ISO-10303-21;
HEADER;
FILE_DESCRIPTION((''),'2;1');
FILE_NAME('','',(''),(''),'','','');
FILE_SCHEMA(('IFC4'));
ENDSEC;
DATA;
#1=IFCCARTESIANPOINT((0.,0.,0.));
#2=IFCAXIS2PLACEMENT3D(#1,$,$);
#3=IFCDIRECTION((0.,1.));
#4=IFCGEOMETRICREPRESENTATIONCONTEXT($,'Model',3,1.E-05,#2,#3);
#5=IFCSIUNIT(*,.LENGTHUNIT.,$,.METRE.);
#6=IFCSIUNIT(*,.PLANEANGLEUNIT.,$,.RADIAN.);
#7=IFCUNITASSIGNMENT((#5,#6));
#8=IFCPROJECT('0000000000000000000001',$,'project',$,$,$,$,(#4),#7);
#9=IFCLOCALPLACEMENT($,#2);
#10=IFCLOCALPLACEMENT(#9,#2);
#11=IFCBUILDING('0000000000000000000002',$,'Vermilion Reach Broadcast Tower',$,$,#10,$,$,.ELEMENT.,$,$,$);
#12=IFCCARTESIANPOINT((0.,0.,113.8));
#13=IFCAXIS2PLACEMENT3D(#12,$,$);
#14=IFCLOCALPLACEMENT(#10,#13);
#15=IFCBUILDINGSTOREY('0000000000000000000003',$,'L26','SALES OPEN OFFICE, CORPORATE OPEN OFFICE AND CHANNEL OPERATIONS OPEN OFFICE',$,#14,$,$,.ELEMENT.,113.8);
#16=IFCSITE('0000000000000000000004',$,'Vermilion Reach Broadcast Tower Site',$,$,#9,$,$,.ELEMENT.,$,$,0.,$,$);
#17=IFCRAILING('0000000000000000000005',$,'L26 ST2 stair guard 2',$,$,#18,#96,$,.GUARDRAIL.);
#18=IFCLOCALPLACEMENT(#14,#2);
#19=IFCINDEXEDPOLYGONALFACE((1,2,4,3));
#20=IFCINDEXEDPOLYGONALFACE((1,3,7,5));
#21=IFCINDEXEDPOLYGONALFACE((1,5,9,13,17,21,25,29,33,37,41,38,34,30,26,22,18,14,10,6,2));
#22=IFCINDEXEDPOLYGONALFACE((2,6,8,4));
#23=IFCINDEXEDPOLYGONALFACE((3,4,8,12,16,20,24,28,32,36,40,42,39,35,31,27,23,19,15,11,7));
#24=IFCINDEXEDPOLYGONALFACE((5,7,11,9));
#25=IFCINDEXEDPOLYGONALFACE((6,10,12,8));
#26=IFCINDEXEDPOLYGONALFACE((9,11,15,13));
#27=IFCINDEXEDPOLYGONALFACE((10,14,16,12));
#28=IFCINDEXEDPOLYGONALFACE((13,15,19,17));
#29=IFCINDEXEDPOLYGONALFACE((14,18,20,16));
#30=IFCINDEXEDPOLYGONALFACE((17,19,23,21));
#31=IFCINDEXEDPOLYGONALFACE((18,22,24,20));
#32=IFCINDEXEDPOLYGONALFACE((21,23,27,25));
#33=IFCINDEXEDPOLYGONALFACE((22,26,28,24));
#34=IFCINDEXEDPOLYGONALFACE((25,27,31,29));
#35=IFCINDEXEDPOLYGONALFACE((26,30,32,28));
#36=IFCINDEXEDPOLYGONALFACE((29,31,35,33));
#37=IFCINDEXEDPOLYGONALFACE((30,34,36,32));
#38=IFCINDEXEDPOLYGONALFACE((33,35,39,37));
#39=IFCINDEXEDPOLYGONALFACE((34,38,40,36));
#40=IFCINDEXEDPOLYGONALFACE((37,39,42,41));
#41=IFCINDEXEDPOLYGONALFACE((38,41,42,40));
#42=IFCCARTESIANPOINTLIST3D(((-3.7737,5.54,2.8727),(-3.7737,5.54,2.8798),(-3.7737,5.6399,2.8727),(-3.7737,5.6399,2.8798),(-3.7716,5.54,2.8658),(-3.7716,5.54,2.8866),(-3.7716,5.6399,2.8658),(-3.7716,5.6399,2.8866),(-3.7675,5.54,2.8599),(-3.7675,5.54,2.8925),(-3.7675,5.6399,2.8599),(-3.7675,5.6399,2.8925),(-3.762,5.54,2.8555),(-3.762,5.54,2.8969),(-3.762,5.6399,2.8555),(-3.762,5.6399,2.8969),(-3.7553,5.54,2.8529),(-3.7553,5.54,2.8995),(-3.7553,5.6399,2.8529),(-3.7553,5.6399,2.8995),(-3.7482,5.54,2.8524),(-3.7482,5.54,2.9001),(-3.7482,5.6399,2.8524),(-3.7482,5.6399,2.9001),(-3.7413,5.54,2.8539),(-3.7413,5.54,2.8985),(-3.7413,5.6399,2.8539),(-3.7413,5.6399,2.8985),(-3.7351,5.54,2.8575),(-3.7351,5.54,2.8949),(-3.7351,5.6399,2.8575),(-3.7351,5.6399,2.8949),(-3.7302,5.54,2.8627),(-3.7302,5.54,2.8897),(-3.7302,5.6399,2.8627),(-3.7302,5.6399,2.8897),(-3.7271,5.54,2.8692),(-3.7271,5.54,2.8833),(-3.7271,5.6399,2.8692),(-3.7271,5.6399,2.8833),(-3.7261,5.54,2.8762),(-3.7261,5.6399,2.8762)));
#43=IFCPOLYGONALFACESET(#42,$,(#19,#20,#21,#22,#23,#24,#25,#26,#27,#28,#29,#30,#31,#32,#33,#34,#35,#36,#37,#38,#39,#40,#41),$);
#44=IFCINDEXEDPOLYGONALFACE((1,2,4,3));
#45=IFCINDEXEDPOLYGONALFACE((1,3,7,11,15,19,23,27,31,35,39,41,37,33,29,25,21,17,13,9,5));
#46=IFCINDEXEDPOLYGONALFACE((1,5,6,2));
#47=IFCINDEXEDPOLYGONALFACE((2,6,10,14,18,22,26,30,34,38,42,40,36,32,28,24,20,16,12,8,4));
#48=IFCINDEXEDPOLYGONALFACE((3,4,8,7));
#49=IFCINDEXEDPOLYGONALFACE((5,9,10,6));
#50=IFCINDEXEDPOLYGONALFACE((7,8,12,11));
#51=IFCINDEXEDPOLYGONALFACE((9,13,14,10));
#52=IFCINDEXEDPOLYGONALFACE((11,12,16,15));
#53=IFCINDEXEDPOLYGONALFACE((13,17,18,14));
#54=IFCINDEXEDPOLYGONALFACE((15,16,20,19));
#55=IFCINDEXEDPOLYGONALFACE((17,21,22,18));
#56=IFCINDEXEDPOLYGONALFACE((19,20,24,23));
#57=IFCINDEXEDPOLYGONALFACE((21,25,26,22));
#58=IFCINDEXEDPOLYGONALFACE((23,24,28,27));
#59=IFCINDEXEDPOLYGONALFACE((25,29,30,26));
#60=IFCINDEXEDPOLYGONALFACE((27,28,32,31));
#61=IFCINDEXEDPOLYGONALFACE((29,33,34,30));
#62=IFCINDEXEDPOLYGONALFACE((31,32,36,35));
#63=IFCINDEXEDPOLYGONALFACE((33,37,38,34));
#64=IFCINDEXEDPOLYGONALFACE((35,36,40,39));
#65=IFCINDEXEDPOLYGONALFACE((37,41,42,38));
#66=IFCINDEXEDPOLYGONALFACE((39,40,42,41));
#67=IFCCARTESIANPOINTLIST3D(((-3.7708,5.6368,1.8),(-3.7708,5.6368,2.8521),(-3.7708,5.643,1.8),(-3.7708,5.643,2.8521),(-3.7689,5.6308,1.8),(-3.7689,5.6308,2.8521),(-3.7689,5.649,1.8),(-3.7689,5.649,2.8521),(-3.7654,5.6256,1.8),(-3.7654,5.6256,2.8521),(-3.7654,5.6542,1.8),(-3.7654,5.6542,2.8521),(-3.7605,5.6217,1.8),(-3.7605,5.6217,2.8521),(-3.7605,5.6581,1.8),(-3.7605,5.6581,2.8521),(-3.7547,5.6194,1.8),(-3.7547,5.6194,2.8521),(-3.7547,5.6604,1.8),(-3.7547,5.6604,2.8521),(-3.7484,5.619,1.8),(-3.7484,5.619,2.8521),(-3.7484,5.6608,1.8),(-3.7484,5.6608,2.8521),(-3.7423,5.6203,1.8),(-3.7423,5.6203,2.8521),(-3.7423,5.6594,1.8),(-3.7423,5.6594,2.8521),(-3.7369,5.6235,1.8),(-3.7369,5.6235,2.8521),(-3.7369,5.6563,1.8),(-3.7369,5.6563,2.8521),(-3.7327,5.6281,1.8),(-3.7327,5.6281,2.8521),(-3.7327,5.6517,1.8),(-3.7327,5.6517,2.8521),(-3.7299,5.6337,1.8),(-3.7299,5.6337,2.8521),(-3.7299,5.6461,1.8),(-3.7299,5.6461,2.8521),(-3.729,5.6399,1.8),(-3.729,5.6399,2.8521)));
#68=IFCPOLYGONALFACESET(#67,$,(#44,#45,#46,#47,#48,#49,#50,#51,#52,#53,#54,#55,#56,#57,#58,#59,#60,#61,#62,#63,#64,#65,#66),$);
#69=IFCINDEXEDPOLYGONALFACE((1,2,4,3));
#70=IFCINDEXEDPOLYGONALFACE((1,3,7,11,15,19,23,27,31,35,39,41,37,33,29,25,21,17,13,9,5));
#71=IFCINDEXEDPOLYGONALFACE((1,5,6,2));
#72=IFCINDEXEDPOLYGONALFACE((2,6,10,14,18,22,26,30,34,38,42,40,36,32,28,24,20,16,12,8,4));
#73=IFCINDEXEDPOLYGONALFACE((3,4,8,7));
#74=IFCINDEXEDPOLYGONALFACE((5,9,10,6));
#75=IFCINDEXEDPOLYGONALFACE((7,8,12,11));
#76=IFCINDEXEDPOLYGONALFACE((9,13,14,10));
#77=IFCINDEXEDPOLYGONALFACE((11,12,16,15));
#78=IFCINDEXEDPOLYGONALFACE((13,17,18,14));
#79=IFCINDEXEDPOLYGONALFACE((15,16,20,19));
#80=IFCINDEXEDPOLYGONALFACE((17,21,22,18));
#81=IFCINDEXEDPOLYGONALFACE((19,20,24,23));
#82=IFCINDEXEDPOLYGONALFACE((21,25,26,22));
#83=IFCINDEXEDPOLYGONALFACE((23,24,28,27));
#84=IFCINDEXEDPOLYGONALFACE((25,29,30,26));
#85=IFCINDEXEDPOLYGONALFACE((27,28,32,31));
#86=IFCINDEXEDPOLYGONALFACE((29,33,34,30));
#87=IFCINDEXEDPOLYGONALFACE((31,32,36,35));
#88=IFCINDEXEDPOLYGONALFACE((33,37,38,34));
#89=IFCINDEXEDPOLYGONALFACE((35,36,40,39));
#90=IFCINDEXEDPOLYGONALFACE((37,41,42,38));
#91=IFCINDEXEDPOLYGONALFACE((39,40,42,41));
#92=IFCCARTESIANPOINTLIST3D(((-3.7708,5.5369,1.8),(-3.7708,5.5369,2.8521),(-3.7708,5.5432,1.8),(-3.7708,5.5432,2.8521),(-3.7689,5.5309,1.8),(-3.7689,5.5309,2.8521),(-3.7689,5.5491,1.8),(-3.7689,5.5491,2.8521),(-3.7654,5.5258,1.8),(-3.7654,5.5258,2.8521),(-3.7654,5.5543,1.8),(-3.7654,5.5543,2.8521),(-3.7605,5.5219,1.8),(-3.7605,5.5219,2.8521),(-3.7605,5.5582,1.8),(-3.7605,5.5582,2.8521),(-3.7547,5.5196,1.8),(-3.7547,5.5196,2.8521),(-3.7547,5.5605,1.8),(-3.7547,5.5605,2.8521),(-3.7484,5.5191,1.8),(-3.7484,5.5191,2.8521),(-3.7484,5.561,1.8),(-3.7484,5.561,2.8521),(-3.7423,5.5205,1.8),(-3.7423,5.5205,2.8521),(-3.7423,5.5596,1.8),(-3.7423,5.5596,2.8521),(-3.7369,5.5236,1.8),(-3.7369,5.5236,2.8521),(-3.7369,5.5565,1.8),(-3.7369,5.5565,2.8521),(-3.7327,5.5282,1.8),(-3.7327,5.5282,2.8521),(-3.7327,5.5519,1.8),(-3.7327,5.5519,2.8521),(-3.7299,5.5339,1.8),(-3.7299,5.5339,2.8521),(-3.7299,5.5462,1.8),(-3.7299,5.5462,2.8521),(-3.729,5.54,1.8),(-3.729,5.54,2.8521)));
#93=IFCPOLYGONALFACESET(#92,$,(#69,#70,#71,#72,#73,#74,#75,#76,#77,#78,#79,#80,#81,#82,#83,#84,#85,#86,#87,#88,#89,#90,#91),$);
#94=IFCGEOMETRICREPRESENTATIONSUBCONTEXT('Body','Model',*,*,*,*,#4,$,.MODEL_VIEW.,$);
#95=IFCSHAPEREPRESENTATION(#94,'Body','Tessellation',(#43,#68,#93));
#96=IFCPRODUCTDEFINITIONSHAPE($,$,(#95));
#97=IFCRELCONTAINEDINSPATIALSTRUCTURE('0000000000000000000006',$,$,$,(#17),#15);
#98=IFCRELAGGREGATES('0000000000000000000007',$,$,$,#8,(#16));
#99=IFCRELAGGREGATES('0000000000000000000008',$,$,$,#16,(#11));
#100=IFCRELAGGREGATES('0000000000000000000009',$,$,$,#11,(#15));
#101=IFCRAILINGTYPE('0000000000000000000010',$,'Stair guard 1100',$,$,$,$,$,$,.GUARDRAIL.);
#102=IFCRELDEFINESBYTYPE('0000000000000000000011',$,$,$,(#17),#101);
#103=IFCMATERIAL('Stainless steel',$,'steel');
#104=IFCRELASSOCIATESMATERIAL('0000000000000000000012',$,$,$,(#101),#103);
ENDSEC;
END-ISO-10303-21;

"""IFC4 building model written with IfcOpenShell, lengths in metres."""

from ifc_helpers import new_model, si_unit, direction, frame, origin, origin_2d, place, context, subcontext, project, spatial, circle, extrude, material, type_object, element, save


model = new_model("IFC4")

# Units and contexts
model_context = context("Model", 3, precision=1e-05, world=origin(), true_north=direction((0.0, 1.0)))
body_context = subcontext(model_context, "Body", "Model", "MODEL_VIEW")
ifc_project = project(units=[si_unit("LENGTHUNIT", "METRE"), si_unit("PLANEANGLEUNIT", "RADIAN")], contexts=[model_context])

# Site, building, storey
site_placement = place(None, origin())
site = spatial("IfcSite", under=ifc_project, at=site_placement, Name="Vermilion Reach Broadcast Tower Site", CompositionType="ELEMENT", RefElevation=0.0)
building_placement = place(site_placement, origin())
building = spatial("IfcBuilding", under=site, at=building_placement, Name="Vermilion Reach Broadcast Tower", CompositionType="ELEMENT")
storey_placement = place(building_placement, frame((0.0, 0.0, 113.8)))
storey = spatial("IfcBuildingStorey", under=building, at=storey_placement, Name="L26", Description="SALES OPEN OFFICE, CORPORATE OPEN OFFICE AND CHANNEL OPERATIONS OPEN OFFICE", CompositionType="ELEMENT", Elevation=113.8)

# Railing
ifc_material_1 = material(Name="Stainless steel", Category="steel")
railing_type_1 = type_object("IfcRailingType", Name="Stair guard 1100", PredefinedType="GUARDRAIL", material=ifc_material_1)
railing_1_placement = place(storey_placement, frame((-3.75, 5.6399, 1.8)))
element("IfcRailing", 1, at=railing_1_placement, inside=storey, type_object=railing_type_1, Name="L26 ST2 stair guard 2", PredefinedType="GUARDRAIL", context=body_context, shape_type="SweptSolid", body=[
    extrude(circle(Radius=0.0239, at=origin_2d()), frame((0.0, 0.0, 1.0762), z_axis=(0.0, -1.0, 0.0), x_axis=(1.0, 0.0, 0.0)), (0.0, 0.0, 1.0), 0.0999),
    extrude(circle(Radius=0.021, at=origin_2d()), origin(), (0.0, 0.0, 1.0), 1.052),
    extrude(circle(Radius=0.021, at=origin_2d()), frame((0.0, -0.0999, 0.0)), (0.0, 0.0, 1.0), 1.052),
])

save(model, "model.ifc")
